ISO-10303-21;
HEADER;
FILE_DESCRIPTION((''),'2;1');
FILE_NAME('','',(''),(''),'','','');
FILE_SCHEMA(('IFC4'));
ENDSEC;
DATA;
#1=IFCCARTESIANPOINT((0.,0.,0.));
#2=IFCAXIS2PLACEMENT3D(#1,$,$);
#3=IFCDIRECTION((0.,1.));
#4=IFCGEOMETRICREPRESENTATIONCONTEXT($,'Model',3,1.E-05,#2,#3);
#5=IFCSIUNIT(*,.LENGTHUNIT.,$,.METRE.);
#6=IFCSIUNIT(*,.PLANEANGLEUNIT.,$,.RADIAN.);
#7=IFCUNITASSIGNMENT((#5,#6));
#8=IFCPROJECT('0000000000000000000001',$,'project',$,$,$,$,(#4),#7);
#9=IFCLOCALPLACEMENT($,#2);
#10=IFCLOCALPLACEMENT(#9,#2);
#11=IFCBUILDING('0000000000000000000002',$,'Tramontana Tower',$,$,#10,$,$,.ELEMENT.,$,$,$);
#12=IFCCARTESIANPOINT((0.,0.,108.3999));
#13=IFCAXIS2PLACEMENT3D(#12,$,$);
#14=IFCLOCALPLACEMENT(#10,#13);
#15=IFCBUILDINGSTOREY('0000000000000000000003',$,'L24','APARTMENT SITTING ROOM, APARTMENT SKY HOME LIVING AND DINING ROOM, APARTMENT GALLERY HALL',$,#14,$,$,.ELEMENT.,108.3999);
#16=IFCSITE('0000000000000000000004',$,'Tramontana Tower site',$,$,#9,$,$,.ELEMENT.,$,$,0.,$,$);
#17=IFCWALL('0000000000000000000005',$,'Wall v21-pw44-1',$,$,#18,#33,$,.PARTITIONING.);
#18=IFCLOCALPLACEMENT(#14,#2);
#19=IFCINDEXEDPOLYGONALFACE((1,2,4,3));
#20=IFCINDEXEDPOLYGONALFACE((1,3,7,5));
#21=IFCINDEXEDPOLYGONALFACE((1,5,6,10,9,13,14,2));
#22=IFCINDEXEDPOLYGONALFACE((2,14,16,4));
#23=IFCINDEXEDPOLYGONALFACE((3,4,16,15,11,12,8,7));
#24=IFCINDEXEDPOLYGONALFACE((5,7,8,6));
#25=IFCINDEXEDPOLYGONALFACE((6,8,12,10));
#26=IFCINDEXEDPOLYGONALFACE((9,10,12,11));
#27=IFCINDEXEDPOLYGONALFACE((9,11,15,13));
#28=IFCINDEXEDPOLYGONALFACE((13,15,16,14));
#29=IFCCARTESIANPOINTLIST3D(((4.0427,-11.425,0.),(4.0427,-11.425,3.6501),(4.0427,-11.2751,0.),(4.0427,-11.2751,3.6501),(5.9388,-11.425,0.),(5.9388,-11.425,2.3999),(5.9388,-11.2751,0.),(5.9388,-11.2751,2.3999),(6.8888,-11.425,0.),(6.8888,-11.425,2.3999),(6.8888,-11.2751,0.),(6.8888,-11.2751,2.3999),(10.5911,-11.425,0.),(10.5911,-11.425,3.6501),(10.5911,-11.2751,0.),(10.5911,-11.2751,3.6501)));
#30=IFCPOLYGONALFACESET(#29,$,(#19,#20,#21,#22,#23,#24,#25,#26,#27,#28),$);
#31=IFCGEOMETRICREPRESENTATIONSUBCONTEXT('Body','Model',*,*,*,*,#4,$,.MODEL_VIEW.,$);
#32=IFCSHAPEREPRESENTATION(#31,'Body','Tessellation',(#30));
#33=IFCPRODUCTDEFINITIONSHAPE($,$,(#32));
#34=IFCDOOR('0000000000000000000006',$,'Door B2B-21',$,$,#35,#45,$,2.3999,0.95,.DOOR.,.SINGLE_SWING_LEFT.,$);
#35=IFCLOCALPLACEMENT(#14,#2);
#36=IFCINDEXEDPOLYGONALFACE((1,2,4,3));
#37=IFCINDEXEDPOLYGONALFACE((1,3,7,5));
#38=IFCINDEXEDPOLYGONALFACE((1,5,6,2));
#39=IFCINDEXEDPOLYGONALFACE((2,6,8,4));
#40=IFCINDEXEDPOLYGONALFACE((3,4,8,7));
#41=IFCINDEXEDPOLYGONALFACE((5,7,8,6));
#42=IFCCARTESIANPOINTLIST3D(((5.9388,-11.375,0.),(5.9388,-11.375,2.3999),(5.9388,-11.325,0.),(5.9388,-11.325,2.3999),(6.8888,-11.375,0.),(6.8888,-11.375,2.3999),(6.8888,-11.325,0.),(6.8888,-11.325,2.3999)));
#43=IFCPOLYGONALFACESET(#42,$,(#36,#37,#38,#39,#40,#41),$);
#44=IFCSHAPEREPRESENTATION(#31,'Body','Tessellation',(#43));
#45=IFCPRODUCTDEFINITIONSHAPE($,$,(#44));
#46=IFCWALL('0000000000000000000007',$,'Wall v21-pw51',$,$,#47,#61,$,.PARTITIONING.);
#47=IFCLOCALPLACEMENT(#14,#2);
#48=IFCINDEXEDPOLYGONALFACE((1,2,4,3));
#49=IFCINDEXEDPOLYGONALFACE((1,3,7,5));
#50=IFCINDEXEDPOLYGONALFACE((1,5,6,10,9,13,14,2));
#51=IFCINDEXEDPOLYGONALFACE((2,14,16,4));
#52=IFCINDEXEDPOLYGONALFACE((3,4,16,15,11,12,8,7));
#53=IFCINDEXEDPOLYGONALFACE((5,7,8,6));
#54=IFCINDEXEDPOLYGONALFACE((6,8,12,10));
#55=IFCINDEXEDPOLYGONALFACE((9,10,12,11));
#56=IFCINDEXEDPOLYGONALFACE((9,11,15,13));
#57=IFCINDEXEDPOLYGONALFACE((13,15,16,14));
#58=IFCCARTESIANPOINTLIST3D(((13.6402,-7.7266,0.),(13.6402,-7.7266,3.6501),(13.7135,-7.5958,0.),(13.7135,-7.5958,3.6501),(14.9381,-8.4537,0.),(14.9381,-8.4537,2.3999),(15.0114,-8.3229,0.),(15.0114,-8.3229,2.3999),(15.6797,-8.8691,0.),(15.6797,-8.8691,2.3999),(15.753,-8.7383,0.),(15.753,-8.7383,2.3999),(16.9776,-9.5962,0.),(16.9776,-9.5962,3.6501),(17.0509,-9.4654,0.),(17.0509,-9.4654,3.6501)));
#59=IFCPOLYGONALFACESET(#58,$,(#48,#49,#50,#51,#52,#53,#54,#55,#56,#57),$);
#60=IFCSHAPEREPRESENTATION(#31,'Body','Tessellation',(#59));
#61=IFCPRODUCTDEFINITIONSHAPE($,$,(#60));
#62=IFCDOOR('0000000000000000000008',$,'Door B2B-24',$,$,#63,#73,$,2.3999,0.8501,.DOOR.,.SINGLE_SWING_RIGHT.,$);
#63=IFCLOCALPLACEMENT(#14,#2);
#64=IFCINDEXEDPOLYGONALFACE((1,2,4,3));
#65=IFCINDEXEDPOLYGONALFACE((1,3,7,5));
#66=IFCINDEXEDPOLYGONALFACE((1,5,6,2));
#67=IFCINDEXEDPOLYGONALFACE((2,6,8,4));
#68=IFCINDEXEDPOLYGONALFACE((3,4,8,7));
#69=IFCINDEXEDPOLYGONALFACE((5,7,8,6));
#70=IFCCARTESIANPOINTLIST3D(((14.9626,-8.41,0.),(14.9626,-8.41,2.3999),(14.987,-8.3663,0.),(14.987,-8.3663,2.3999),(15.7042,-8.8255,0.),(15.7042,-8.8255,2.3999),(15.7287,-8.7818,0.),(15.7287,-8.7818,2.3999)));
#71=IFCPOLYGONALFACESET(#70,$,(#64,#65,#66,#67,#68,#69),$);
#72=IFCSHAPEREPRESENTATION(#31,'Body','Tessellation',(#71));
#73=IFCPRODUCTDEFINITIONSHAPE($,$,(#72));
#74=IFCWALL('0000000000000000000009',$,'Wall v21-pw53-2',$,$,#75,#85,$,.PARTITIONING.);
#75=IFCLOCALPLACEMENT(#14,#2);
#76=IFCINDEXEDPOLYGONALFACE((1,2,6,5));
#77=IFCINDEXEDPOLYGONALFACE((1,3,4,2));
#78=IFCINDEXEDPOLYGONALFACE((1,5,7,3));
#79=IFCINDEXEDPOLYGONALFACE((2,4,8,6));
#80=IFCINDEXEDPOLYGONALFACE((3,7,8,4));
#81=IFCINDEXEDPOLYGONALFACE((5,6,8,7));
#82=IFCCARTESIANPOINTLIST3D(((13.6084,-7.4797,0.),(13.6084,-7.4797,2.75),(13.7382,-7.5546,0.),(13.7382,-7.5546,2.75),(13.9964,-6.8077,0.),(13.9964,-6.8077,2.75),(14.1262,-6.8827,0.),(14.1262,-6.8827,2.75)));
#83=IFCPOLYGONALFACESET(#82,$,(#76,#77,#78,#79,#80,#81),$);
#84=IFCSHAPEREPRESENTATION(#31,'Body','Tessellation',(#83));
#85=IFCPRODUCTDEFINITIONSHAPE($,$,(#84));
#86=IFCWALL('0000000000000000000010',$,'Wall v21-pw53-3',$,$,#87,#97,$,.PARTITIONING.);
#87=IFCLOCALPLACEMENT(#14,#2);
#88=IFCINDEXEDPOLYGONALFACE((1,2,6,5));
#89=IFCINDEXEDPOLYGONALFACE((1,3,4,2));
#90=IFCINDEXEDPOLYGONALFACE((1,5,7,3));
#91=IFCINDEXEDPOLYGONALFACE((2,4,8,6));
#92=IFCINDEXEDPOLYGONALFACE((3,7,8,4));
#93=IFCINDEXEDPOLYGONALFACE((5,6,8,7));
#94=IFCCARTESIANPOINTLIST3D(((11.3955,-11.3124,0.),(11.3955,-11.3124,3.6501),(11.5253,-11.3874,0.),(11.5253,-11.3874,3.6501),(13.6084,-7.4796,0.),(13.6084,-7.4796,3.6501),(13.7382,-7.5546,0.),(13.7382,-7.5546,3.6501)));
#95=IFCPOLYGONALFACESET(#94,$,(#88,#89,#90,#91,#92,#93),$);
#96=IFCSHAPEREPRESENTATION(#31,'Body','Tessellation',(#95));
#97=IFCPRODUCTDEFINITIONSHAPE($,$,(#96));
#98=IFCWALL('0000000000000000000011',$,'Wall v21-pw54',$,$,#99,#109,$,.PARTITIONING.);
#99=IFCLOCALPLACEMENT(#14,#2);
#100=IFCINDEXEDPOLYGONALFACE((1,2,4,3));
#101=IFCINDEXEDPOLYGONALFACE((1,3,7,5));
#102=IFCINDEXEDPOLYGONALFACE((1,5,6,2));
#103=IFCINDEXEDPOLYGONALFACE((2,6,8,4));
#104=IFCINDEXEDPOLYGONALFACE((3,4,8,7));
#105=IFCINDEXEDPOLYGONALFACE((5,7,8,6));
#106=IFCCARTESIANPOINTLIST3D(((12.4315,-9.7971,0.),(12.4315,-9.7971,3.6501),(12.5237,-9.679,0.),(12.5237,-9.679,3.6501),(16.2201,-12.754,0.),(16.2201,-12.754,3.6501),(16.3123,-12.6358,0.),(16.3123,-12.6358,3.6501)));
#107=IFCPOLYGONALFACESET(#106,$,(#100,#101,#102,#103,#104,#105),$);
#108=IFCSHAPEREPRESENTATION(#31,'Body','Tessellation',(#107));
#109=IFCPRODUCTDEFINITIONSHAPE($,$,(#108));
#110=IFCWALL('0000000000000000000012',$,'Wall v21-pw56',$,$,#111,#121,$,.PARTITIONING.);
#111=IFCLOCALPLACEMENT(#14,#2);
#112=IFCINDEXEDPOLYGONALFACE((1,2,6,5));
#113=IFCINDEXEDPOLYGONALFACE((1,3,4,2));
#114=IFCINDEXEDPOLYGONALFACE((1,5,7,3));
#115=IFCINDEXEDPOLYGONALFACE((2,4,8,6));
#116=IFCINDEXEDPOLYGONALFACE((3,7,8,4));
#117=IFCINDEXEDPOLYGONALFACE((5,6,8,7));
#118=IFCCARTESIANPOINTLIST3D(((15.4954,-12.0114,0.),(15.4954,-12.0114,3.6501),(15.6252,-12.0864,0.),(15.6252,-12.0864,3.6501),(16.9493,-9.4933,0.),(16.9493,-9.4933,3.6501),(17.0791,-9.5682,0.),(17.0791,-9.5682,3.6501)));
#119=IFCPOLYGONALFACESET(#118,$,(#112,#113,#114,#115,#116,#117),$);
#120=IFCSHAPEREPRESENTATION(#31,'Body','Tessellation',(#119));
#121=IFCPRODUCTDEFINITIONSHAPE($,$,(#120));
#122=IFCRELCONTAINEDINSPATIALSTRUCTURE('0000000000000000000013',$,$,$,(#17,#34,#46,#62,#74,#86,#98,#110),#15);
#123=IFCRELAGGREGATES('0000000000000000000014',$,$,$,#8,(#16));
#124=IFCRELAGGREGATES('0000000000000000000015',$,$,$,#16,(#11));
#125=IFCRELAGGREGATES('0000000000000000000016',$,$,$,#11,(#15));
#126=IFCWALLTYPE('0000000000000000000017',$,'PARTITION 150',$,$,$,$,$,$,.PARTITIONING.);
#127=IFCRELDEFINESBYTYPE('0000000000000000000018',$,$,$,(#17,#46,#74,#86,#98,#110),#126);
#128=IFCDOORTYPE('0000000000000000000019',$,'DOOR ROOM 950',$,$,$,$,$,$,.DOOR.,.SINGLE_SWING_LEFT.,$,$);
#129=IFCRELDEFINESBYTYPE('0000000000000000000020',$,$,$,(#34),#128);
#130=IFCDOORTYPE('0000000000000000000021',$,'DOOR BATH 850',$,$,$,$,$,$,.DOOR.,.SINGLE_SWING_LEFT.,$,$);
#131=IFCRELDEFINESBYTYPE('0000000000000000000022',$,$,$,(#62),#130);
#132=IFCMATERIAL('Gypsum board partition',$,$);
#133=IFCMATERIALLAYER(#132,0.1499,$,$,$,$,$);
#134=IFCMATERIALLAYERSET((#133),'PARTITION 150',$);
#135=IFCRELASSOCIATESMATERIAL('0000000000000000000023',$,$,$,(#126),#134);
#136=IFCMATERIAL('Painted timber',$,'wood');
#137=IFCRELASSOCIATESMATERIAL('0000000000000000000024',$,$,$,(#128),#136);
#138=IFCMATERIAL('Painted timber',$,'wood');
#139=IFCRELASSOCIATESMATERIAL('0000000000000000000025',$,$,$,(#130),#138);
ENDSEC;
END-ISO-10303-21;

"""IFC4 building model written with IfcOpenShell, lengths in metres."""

from ifc_helpers import new_model, si_unit, direction, frame, frame_2d, origin, place, context, subcontext, project, spatial, rectangle, extrude, material, layer, layer_set, type_object, element, fill, save


model = new_model("IFC4")

# Units and contexts
model_context = context("Model", 3, precision=1e-05, world=origin(), true_north=direction((0.0, 1.0)))
body_context = subcontext(model_context, "Body", "Model", "MODEL_VIEW")
ifc_project = project(units=[si_unit("LENGTHUNIT", "METRE"), si_unit("PLANEANGLEUNIT", "RADIAN")], contexts=[model_context])

# Site, building, storey
site_placement = place(None, origin())
site = spatial("IfcSite", under=ifc_project, at=site_placement, Name="Tramontana Tower site", CompositionType="ELEMENT", RefElevation=0.0)
building_placement = place(site_placement, origin())
building = spatial("IfcBuilding", under=site, at=building_placement, Name="Tramontana Tower", CompositionType="ELEMENT")
storey_placement = place(building_placement, frame((0.0, 0.0, 108.3999)))
storey = spatial("IfcBuildingStorey", under=building, at=storey_placement, Name="L24", Description="APARTMENT SITTING ROOM, APARTMENT SKY HOME LIVING AND DINING ROOM, APARTMENT GALLERY HALL", CompositionType="ELEMENT", Elevation=108.3999)

# Shared definitions
ifc_material_1 = material(Name="Gypsum board partition")
ifc_layer_1 = layer(ifc_material_1, 0.1499)
ifc_layer_set_1 = layer_set([ifc_layer_1], Name="PARTITION 150")
wall_type_1 = type_object("IfcWallType", Name="PARTITION 150", PredefinedType="PARTITIONING", material=ifc_layer_set_1)

# Walls, openings, doors
wall_1_placement = place(storey_placement, frame((10.5911, -11.3501, 0.0), z_axis=(0.0, 0.0, 1.0), x_axis=(-1.0, 0.0, 0.0)))
wall_1 = element("IfcWall", 1, at=wall_1_placement, inside=storey, type_object=wall_type_1, Name="Wall v21-pw44-1", PredefinedType="PARTITIONING", context=body_context, shape_type="SweptSolid", body=[
    extrude(rectangle(XDim=6.5483, YDim=0.1499, at=frame_2d((3.2742, 0.0))), origin(), (0.0, 0.0, 1.0), 3.6501),
])
opening_1_placement = place(wall_1_placement, frame((3.7021, 0.0, 0.0)))
opening_1 = element("IfcOpeningElement", 2, at=opening_1_placement, cuts=wall_1, PredefinedType="OPENING", context=body_context, shape_type="SweptSolid", body=[
    extrude(rectangle(XDim=0.95, YDim=2.3999, at=frame_2d((0.4751, 1.2))), frame((0.0, 0.085, 0.0), z_axis=(0.0, -1.0, 0.0), x_axis=(1.0, 0.0, 0.0)), (0.0, 0.0, 1.0), 0.1699),
])
ifc_material_2 = material(Name="Painted timber", Category="wood")
door_type_1 = type_object("IfcDoorType", Name="DOOR ROOM 950", OperationType="SINGLE_SWING_LEFT", PredefinedType="DOOR", material=ifc_material_2)
door_1_placement = place(opening_1_placement, origin())
door_1 = element("IfcDoor", 3, at=door_1_placement, inside=storey, type_object=door_type_1, Name="Door B2B-21", OperationType="SINGLE_SWING_LEFT", OverallHeight=2.3999, OverallWidth=0.95, PredefinedType="DOOR", context=body_context, shape_type="SweptSolid", body=[
    extrude(rectangle(XDim=0.95, YDim=2.3999, at=frame_2d((0.4751, 1.2))), frame((0.0, 0.0249, 0.0), z_axis=(0.0, -1.0, 0.0), x_axis=(1.0, 0.0, 0.0)), (0.0, 0.0, 1.0), 0.05),
])
fill(opening_1, door_1)
wall_2_placement = place(storey_placement, frame((17.0142, -9.5308, 0.0), z_axis=(0.0, 0.0, 1.0), x_axis=(-0.87243, 0.488739, 0.0)))
wall_2 = element("IfcWall", 4, at=wall_2_placement, inside=storey, type_object=wall_type_1, Name="Wall v21-pw51", PredefinedType="PARTITIONING", context=body_context, shape_type="SweptSolid", body=[
    extrude(rectangle(XDim=3.8254, YDim=0.1499, at=frame_2d((1.9126, 0.0))), origin(), (0.0, 0.0, 1.0), 3.6501),
])
opening_2_placement = place(wall_2_placement, frame((1.4875, 0.0, 0.0)))
opening_2 = element("IfcOpeningElement", 5, at=opening_2_placement, cuts=wall_2, PredefinedType="OPENING", context=body_context, shape_type="SweptSolid", body=[
    extrude(rectangle(XDim=0.8501, YDim=2.3999, at=frame_2d((0.425, 1.2))), frame((0.0, 0.085, 0.0), z_axis=(0.0, -1.0, 0.0), x_axis=(1.0, 0.0, 0.0)), (0.0, 0.0, 1.0), 0.1699),
])
ifc_material_3 = material(Name="Painted timber", Category="wood")
door_type_2 = type_object("IfcDoorType", Name="DOOR BATH 850", OperationType="SINGLE_SWING_LEFT", PredefinedType="DOOR", material=ifc_material_3)
door_2_placement = place(opening_2_placement, origin())
door_2 = element("IfcDoor", 6, at=door_2_placement, inside=storey, type_object=door_type_2, Name="Door B2B-24", OperationType="SINGLE_SWING_RIGHT", OverallHeight=2.3999, OverallWidth=0.8501, PredefinedType="DOOR", context=body_context, shape_type="SweptSolid", body=[
    extrude(rectangle(XDim=0.8501, YDim=2.3999, at=frame_2d((0.425, 1.2))), frame((0.0, 0.0249, 0.0), z_axis=(0.0, -1.0, 0.0), x_axis=(1.0, 0.0, 0.0)), (0.0, 0.0, 1.0), 0.05),
])
fill(opening_2, door_2)

# Walls
wall_3_placement = place(storey_placement, frame((14.0613, -6.8452, 0.0), z_axis=(0.0, 0.0, 1.0), x_axis=(-0.500031, -0.866007, 0.0)))
element("IfcWall", 7, at=wall_3_placement, inside=storey, type_object=wall_type_1, Name="Wall v21-pw53-2", PredefinedType="PARTITIONING", context=body_context, shape_type="SweptSolid", body=[
    extrude(rectangle(XDim=0.7759, YDim=0.1499, at=frame_2d((0.3879, 0.0))), origin(), (0.0, 0.0, 1.0), 2.75),
])
wall_4_placement = place(storey_placement, frame((13.6733, -7.5171, 0.0), z_axis=(0.0, 0.0, 1.0), x_axis=(-0.500007, -0.866021, 0.0)))
element("IfcWall", 8, at=wall_4_placement, inside=storey, type_object=wall_type_1, Name="Wall v21-pw53-3", PredefinedType="PARTITIONING", context=body_context, shape_type="SweptSolid", body=[
    extrude(rectangle(XDim=4.4258, YDim=0.1499, at=frame_2d((2.2129, 0.0))), origin(), (0.0, 0.0, 1.0), 3.6501),
])
wall_5_placement = place(storey_placement, frame((16.2661, -12.6948, 0.0), z_axis=(0.0, 0.0, 1.0), x_axis=(-0.788331, 0.615252, 0.0)))
element("IfcWall", 9, at=wall_5_placement, inside=storey, type_object=wall_type_1, Name="Wall v21-pw54", PredefinedType="PARTITIONING", context=body_context, shape_type="SweptSolid", body=[
    extrude(rectangle(XDim=4.8059, YDim=0.1499, at=frame_2d((2.4028, 0.0))), origin(), (0.0, 0.0, 1.0), 3.6501),
])
wall_6_placement = place(storey_placement, frame((17.0142, -9.5308, 0.0), z_axis=(0.0, 0.0, 1.0), x_axis=(-0.500013, -0.866018, 0.0)))
element("IfcWall", 10, at=wall_6_placement, inside=storey, type_object=wall_type_1, Name="Wall v21-pw56", PredefinedType="PARTITIONING", context=body_context, shape_type="SweptSolid", body=[
    extrude(rectangle(XDim=2.9077, YDim=0.1499, at=frame_2d((1.4539, 0.0))), origin(), (0.0, 0.0, 1.0), 3.6501),
])

save(model, "model.ifc")
